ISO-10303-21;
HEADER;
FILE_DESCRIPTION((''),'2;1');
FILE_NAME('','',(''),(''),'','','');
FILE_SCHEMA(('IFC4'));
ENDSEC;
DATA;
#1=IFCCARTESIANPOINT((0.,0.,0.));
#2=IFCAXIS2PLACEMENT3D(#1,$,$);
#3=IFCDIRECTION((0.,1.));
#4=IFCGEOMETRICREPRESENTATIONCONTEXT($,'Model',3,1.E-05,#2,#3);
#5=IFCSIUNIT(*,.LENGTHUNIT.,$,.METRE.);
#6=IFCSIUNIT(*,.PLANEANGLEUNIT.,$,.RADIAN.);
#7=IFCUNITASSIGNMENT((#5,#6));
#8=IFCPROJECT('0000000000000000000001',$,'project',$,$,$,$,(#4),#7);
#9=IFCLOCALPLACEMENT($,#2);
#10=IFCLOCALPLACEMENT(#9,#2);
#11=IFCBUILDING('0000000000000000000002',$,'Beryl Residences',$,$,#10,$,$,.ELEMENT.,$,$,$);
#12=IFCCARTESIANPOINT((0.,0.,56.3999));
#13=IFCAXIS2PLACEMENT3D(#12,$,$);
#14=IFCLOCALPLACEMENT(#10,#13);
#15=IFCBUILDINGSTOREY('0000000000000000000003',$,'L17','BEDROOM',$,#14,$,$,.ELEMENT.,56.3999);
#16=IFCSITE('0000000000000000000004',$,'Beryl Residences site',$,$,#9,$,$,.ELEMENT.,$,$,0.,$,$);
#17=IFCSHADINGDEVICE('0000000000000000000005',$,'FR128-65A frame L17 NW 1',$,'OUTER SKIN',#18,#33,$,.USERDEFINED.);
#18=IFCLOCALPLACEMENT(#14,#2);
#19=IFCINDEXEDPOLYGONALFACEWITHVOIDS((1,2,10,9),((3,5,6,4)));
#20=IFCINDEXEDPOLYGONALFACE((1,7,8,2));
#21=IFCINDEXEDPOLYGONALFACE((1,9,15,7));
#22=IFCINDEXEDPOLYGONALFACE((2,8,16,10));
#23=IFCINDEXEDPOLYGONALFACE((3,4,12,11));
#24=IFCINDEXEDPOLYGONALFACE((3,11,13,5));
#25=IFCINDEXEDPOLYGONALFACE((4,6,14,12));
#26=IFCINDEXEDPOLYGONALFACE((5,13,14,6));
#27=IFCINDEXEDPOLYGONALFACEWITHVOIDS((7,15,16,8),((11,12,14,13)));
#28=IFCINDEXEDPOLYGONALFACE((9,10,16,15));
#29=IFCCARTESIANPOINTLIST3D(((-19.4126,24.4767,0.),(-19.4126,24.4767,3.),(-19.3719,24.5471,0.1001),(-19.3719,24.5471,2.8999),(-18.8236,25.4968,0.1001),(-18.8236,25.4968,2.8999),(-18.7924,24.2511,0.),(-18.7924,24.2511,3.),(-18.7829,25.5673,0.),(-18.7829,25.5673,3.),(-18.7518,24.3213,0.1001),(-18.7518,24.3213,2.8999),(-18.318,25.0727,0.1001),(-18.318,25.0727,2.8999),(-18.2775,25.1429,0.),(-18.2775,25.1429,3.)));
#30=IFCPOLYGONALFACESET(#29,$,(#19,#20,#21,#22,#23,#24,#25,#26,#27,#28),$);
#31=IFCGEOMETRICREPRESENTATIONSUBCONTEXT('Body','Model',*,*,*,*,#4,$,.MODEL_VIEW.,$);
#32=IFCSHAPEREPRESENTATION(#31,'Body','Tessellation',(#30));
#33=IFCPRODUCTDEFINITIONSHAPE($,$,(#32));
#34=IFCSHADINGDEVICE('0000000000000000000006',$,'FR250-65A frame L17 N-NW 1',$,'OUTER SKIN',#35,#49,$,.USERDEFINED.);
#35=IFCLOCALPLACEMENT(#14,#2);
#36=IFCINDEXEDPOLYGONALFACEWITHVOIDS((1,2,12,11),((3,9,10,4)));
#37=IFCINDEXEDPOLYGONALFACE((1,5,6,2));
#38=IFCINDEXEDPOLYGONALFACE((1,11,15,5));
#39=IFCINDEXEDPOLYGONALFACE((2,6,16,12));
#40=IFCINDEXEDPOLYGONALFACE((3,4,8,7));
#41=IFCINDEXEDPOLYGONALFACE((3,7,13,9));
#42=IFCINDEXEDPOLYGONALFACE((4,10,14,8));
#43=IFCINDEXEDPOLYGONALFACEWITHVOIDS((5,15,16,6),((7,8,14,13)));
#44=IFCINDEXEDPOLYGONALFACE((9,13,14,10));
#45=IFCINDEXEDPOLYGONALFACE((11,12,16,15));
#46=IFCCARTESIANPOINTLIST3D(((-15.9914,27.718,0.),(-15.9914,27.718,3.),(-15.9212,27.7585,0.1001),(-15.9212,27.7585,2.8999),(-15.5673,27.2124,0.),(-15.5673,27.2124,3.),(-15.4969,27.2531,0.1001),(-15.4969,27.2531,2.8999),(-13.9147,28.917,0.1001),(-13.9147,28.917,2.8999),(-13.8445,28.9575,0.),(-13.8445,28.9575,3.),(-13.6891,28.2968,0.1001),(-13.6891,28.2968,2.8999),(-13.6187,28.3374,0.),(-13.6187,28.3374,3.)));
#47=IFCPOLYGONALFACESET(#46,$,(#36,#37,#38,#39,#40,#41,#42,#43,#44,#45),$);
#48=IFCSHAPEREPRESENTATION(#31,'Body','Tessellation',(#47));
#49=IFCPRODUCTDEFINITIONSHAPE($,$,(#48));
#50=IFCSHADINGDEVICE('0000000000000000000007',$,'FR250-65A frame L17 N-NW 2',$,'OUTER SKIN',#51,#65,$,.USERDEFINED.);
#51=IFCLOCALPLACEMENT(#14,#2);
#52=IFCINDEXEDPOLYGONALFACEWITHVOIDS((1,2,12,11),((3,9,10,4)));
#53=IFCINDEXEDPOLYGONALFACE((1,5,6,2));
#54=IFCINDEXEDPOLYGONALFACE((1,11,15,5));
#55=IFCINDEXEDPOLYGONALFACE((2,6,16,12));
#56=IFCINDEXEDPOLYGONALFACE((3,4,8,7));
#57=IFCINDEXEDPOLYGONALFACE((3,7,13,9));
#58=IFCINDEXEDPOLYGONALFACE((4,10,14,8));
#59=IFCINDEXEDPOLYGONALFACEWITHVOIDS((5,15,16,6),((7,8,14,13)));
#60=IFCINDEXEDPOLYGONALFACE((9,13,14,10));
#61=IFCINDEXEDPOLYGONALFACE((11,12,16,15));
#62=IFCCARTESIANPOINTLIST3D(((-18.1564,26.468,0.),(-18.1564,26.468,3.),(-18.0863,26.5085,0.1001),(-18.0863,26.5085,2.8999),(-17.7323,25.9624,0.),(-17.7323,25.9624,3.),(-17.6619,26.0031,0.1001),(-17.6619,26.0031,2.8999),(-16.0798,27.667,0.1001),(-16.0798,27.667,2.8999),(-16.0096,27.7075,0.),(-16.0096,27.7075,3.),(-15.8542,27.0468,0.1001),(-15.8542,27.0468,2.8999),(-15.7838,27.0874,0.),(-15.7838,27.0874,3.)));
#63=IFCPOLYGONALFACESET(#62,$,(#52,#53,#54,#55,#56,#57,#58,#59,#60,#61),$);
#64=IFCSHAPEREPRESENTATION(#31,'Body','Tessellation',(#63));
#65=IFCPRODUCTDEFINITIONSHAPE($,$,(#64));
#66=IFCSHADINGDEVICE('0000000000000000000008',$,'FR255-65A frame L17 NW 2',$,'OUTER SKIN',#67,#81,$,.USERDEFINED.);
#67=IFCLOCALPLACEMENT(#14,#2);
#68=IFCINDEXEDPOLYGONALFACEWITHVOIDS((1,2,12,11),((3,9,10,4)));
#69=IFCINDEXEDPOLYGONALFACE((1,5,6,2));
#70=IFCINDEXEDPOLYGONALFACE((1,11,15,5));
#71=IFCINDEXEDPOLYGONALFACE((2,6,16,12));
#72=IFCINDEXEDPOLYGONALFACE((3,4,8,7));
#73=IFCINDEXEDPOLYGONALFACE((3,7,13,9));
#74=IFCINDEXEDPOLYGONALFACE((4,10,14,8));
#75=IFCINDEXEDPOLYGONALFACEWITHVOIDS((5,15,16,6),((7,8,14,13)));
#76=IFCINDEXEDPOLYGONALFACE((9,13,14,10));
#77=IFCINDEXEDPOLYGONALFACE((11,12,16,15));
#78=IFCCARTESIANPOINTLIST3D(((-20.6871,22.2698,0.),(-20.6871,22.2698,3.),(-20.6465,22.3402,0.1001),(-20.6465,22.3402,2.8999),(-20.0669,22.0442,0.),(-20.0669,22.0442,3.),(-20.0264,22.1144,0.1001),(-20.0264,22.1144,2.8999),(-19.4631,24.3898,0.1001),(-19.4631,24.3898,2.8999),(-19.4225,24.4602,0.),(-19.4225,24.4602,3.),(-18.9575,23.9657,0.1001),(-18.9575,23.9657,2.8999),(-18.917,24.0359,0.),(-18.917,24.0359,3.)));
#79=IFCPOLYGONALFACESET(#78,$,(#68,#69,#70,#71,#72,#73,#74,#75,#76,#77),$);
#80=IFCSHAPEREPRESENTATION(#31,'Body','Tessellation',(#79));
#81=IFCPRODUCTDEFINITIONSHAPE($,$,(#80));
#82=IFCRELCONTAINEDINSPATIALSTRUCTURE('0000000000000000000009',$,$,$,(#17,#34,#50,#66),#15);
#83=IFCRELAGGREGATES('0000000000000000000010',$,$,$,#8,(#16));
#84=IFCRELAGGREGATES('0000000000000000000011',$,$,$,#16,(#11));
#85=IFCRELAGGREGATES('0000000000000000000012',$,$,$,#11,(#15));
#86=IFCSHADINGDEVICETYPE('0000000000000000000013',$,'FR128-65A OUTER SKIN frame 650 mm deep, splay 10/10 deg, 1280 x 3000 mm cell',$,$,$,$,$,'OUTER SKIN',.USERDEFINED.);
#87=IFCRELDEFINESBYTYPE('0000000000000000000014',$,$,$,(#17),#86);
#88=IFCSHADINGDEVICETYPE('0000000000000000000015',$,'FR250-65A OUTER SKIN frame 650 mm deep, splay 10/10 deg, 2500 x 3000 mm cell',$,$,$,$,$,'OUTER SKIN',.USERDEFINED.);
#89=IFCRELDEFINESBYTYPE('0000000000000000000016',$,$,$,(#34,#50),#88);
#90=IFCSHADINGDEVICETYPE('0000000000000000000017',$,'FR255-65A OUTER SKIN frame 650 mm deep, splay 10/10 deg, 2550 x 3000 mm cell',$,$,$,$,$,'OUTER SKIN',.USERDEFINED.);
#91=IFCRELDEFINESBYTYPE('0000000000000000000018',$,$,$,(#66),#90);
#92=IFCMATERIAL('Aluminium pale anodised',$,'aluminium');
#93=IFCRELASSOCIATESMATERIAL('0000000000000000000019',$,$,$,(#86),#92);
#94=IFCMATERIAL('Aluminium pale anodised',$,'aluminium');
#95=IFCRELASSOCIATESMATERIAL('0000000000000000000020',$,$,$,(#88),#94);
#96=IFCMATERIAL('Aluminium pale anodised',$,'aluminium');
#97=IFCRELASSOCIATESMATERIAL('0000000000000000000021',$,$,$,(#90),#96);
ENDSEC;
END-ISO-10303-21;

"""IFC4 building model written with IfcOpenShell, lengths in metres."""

from ifc_helpers import new_model, entity, si_unit, direction, frame, origin, place, context, subcontext, project, spatial, source, transform, mapped, material, type_object, type_shapes, element, save


model = new_model("IFC4")

# Units and contexts
model_context = context("Model", 3, precision=1e-05, world=origin(), true_north=direction((0.0, 1.0)))
body_context = subcontext(model_context, "Body", "Model", "MODEL_VIEW")
ifc_project = project(units=[si_unit("LENGTHUNIT", "METRE"), si_unit("PLANEANGLEUNIT", "RADIAN")], contexts=[model_context])

# Site, building, storey
site_placement = place(None, origin())
site = spatial("IfcSite", under=ifc_project, at=site_placement, Name="Beryl Residences site", CompositionType="ELEMENT", RefElevation=0.0)
building_placement = place(site_placement, origin())
building = spatial("IfcBuilding", under=site, at=building_placement, Name="Beryl Residences", CompositionType="ELEMENT")
storey_placement = place(building_placement, frame((0.0, 0.0, 56.3999)))
storey = spatial("IfcBuildingStorey", under=building, at=storey_placement, Name="L17", Description="BEDROOM", CompositionType="ELEMENT", Elevation=56.3999)

# Shading devices
ifc_material_1 = material(Name="Aluminium pale anodised", Category="aluminium")
shading_device_type_1 = type_object("IfcShadingDeviceType", Name="FR128-65A OUTER SKIN frame 650 mm deep, splay 10/10 deg, 1280 x 3000 mm cell", ElementType="OUTER SKIN", PredefinedType="USERDEFINED", material=ifc_material_1)
cartesian_point_1 = entity("IfcCartesianPoint", [-0.5149, 0.0])
cartesian_point_2 = entity("IfcCartesianPoint", [-0.4338, 0.1001])
cartesian_point_3 = entity("IfcCartesianPoint", [-0.6296, 0.0])
cartesian_point_4 = entity("IfcCartesianPoint", [-0.5483, 0.1001])
shared_shape_1 = source(origin(), body_context, "Body", "SweptSolid", [
    entity("IfcExtrudedAreaSolidTapered", entity("IfcArbitraryProfileDefWithVoids", "AREA", None, entity("IfcPolyline", [cartesian_point_1, entity("IfcCartesianPoint", [0.5149, 0.0]), entity("IfcCartesianPoint", [0.5149, 3.0]), entity("IfcCartesianPoint", [-0.5149, 3.0]), cartesian_point_1]), [entity("IfcPolyline", [cartesian_point_2, entity("IfcCartesianPoint", [0.4338, 0.1001]), entity("IfcCartesianPoint", [0.4338, 2.8999]), entity("IfcCartesianPoint", [-0.4338, 2.8999]), cartesian_point_2])]), entity("IfcAxis2Placement3D", entity("IfcCartesianPoint", [0.0, 0.0, 0.0]), entity("IfcDirection", [0.0, 1.0, 0.0]), entity("IfcDirection", [-1.0, 0.0, 0.0])), entity("IfcDirection", [0.0, 0.0, 1.0]), 0.6499, entity("IfcArbitraryProfileDefWithVoids", "AREA", None, entity("IfcPolyline", [cartesian_point_3, entity("IfcCartesianPoint", [0.6296, 0.0]), entity("IfcCartesianPoint", [0.6296, 3.0]), entity("IfcCartesianPoint", [-0.6296, 3.0]), cartesian_point_3]), [entity("IfcPolyline", [cartesian_point_4, entity("IfcCartesianPoint", [0.5483, 0.1001]), entity("IfcCartesianPoint", [0.5483, 2.8999]), entity("IfcCartesianPoint", [-0.5483, 2.8999]), cartesian_point_4])])),
])
type_shapes(shading_device_type_1, [shared_shape_1])
shading_device_1_placement = place(storey_placement, frame((-18.5349, 24.697, 0.0), z_axis=(0.0, 0.0, 1.0), x_axis=(0.5, 0.866025, 0.0)))
element("IfcShadingDevice", 1, at=shading_device_1_placement, inside=storey, type_object=shading_device_type_1, Name="FR128-65A frame L17 NW 1", ObjectType="OUTER SKIN", PredefinedType="USERDEFINED", context=body_context, shape_type="MappedRepresentation", body=[
    mapped(shared_shape_1, transform((0.0, 0.0, 0.0))),
])
ifc_material_2 = material(Name="Aluminium pale anodised", Category="aluminium")
shading_device_type_2 = type_object("IfcShadingDeviceType", Name="FR250-65A OUTER SKIN frame 650 mm deep, splay 10/10 deg, 2500 x 3000 mm cell", ElementType="OUTER SKIN", PredefinedType="USERDEFINED", material=ifc_material_2)
cartesian_point_5 = entity("IfcCartesianPoint", [-1.125, 0.0])
cartesian_point_6 = entity("IfcCartesianPoint", [-1.0437, 0.1001])
cartesian_point_7 = entity("IfcCartesianPoint", [-1.2395, 0.0])
cartesian_point_8 = entity("IfcCartesianPoint", [-1.1584, 0.1001])
shared_shape_2 = source(origin(), body_context, "Body", "SweptSolid", [
    entity("IfcExtrudedAreaSolidTapered", entity("IfcArbitraryProfileDefWithVoids", "AREA", None, entity("IfcPolyline", [cartesian_point_5, entity("IfcCartesianPoint", [1.125, 0.0]), entity("IfcCartesianPoint", [1.125, 3.0]), entity("IfcCartesianPoint", [-1.125, 3.0]), cartesian_point_5]), [entity("IfcPolyline", [cartesian_point_6, entity("IfcCartesianPoint", [1.0437, 0.1001]), entity("IfcCartesianPoint", [1.0437, 2.8999]), entity("IfcCartesianPoint", [-1.0437, 2.8999]), cartesian_point_6])]), entity("IfcAxis2Placement3D", entity("IfcCartesianPoint", [0.0, 0.0, 0.0]), entity("IfcDirection", [0.0, 1.0, 0.0]), entity("IfcDirection", [-1.0, 0.0, 0.0])), entity("IfcDirection", [0.0, 0.0, 1.0]), 0.6499, entity("IfcArbitraryProfileDefWithVoids", "AREA", None, entity("IfcPolyline", [cartesian_point_7, entity("IfcCartesianPoint", [1.2395, 0.0]), entity("IfcCartesianPoint", [1.2395, 3.0]), entity("IfcCartesianPoint", [-1.2395, 3.0]), cartesian_point_7]), [entity("IfcPolyline", [cartesian_point_8, entity("IfcCartesianPoint", [1.1584, 0.1001]), entity("IfcCartesianPoint", [1.1584, 2.8999]), entity("IfcCartesianPoint", [-1.1584, 2.8999]), cartesian_point_8])])),
])
type_shapes(shading_device_type_2, [shared_shape_2])
for number, where, z_axis, x_axis, name in (
    (2, (-14.593, 27.7749, 0.0), (0.0, 0.0, 1.0), (0.866025, 0.5, 0.0), "FR250-65A frame L17 N-NW 1"),
    (3, (-16.7581, 26.5249, 0.0), (0.0, 0.0, 1.0), (0.866025, 0.5, 0.0), "FR250-65A frame L17 N-NW 2"),
):
    element("IfcShadingDevice", number, at=place(storey_placement, frame(where, z_axis=z_axis, x_axis=x_axis)), inside=storey, type_object=shading_device_type_2, Name=name, ObjectType="OUTER SKIN", PredefinedType="USERDEFINED", context=body_context, shape_type="MappedRepresentation", body=[
        mapped(shared_shape_2, transform((0.0, 0.0, 0.0))),
    ])
ifc_material_3 = material(Name="Aluminium pale anodised", Category="aluminium")
shading_device_type_3 = type_object("IfcShadingDeviceType", Name="FR255-65A OUTER SKIN frame 650 mm deep, splay 10/10 deg, 2550 x 3000 mm cell", ElementType="OUTER SKIN", PredefinedType="USERDEFINED", material=ifc_material_3)
cartesian_point_9 = entity("IfcCartesianPoint", [-1.1499, 0.0])
cartesian_point_10 = entity("IfcCartesianPoint", [-1.0688, 0.1001])
cartesian_point_11 = entity("IfcCartesianPoint", [-1.2646, 0.0])
cartesian_point_12 = entity("IfcCartesianPoint", [-1.1833, 0.1001])
shared_shape_3 = source(origin(), body_context, "Body", "SweptSolid", [
    entity("IfcExtrudedAreaSolidTapered", entity("IfcArbitraryProfileDefWithVoids", "AREA", None, entity("IfcPolyline", [cartesian_point_9, entity("IfcCartesianPoint", [1.1499, 0.0]), entity("IfcCartesianPoint", [1.1499, 3.0]), entity("IfcCartesianPoint", [-1.1499, 3.0]), cartesian_point_9]), [entity("IfcPolyline", [cartesian_point_10, entity("IfcCartesianPoint", [1.0688, 0.1001]), entity("IfcCartesianPoint", [1.0688, 2.8999]), entity("IfcCartesianPoint", [-1.0688, 2.8999]), cartesian_point_10])]), entity("IfcAxis2Placement3D", entity("IfcCartesianPoint", [0.0, 0.0, 0.0]), entity("IfcDirection", [0.0, 1.0, 0.0]), entity("IfcDirection", [-1.0, 0.0, 0.0])), entity("IfcDirection", [0.0, 0.0, 1.0]), 0.6499, entity("IfcArbitraryProfileDefWithVoids", "AREA", None, entity("IfcPolyline", [cartesian_point_11, entity("IfcCartesianPoint", [1.2646, 0.0]), entity("IfcCartesianPoint", [1.2646, 3.0]), entity("IfcCartesianPoint", [-1.2646, 3.0]), cartesian_point_11]), [entity("IfcPolyline", [cartesian_point_12, entity("IfcCartesianPoint", [1.1833, 0.1001]), entity("IfcCartesianPoint", [1.1833, 2.8999]), entity("IfcCartesianPoint", [-1.1833, 2.8999]), cartesian_point_12])])),
])
type_shapes(shading_device_type_3, [shared_shape_3])
shading_device_2_placement = place(storey_placement, frame((-19.4919, 23.04, 0.0), z_axis=(0.0, 0.0, 1.0), x_axis=(0.5, 0.866025, 0.0)))
element("IfcShadingDevice", 4, at=shading_device_2_placement, inside=storey, type_object=shading_device_type_3, Name="FR255-65A frame L17 NW 2", ObjectType="OUTER SKIN", PredefinedType="USERDEFINED", context=body_context, shape_type="MappedRepresentation", body=[
    mapped(shared_shape_3, transform((0.0, 0.0, 0.0))),
])

save(model, "model.ifc")
